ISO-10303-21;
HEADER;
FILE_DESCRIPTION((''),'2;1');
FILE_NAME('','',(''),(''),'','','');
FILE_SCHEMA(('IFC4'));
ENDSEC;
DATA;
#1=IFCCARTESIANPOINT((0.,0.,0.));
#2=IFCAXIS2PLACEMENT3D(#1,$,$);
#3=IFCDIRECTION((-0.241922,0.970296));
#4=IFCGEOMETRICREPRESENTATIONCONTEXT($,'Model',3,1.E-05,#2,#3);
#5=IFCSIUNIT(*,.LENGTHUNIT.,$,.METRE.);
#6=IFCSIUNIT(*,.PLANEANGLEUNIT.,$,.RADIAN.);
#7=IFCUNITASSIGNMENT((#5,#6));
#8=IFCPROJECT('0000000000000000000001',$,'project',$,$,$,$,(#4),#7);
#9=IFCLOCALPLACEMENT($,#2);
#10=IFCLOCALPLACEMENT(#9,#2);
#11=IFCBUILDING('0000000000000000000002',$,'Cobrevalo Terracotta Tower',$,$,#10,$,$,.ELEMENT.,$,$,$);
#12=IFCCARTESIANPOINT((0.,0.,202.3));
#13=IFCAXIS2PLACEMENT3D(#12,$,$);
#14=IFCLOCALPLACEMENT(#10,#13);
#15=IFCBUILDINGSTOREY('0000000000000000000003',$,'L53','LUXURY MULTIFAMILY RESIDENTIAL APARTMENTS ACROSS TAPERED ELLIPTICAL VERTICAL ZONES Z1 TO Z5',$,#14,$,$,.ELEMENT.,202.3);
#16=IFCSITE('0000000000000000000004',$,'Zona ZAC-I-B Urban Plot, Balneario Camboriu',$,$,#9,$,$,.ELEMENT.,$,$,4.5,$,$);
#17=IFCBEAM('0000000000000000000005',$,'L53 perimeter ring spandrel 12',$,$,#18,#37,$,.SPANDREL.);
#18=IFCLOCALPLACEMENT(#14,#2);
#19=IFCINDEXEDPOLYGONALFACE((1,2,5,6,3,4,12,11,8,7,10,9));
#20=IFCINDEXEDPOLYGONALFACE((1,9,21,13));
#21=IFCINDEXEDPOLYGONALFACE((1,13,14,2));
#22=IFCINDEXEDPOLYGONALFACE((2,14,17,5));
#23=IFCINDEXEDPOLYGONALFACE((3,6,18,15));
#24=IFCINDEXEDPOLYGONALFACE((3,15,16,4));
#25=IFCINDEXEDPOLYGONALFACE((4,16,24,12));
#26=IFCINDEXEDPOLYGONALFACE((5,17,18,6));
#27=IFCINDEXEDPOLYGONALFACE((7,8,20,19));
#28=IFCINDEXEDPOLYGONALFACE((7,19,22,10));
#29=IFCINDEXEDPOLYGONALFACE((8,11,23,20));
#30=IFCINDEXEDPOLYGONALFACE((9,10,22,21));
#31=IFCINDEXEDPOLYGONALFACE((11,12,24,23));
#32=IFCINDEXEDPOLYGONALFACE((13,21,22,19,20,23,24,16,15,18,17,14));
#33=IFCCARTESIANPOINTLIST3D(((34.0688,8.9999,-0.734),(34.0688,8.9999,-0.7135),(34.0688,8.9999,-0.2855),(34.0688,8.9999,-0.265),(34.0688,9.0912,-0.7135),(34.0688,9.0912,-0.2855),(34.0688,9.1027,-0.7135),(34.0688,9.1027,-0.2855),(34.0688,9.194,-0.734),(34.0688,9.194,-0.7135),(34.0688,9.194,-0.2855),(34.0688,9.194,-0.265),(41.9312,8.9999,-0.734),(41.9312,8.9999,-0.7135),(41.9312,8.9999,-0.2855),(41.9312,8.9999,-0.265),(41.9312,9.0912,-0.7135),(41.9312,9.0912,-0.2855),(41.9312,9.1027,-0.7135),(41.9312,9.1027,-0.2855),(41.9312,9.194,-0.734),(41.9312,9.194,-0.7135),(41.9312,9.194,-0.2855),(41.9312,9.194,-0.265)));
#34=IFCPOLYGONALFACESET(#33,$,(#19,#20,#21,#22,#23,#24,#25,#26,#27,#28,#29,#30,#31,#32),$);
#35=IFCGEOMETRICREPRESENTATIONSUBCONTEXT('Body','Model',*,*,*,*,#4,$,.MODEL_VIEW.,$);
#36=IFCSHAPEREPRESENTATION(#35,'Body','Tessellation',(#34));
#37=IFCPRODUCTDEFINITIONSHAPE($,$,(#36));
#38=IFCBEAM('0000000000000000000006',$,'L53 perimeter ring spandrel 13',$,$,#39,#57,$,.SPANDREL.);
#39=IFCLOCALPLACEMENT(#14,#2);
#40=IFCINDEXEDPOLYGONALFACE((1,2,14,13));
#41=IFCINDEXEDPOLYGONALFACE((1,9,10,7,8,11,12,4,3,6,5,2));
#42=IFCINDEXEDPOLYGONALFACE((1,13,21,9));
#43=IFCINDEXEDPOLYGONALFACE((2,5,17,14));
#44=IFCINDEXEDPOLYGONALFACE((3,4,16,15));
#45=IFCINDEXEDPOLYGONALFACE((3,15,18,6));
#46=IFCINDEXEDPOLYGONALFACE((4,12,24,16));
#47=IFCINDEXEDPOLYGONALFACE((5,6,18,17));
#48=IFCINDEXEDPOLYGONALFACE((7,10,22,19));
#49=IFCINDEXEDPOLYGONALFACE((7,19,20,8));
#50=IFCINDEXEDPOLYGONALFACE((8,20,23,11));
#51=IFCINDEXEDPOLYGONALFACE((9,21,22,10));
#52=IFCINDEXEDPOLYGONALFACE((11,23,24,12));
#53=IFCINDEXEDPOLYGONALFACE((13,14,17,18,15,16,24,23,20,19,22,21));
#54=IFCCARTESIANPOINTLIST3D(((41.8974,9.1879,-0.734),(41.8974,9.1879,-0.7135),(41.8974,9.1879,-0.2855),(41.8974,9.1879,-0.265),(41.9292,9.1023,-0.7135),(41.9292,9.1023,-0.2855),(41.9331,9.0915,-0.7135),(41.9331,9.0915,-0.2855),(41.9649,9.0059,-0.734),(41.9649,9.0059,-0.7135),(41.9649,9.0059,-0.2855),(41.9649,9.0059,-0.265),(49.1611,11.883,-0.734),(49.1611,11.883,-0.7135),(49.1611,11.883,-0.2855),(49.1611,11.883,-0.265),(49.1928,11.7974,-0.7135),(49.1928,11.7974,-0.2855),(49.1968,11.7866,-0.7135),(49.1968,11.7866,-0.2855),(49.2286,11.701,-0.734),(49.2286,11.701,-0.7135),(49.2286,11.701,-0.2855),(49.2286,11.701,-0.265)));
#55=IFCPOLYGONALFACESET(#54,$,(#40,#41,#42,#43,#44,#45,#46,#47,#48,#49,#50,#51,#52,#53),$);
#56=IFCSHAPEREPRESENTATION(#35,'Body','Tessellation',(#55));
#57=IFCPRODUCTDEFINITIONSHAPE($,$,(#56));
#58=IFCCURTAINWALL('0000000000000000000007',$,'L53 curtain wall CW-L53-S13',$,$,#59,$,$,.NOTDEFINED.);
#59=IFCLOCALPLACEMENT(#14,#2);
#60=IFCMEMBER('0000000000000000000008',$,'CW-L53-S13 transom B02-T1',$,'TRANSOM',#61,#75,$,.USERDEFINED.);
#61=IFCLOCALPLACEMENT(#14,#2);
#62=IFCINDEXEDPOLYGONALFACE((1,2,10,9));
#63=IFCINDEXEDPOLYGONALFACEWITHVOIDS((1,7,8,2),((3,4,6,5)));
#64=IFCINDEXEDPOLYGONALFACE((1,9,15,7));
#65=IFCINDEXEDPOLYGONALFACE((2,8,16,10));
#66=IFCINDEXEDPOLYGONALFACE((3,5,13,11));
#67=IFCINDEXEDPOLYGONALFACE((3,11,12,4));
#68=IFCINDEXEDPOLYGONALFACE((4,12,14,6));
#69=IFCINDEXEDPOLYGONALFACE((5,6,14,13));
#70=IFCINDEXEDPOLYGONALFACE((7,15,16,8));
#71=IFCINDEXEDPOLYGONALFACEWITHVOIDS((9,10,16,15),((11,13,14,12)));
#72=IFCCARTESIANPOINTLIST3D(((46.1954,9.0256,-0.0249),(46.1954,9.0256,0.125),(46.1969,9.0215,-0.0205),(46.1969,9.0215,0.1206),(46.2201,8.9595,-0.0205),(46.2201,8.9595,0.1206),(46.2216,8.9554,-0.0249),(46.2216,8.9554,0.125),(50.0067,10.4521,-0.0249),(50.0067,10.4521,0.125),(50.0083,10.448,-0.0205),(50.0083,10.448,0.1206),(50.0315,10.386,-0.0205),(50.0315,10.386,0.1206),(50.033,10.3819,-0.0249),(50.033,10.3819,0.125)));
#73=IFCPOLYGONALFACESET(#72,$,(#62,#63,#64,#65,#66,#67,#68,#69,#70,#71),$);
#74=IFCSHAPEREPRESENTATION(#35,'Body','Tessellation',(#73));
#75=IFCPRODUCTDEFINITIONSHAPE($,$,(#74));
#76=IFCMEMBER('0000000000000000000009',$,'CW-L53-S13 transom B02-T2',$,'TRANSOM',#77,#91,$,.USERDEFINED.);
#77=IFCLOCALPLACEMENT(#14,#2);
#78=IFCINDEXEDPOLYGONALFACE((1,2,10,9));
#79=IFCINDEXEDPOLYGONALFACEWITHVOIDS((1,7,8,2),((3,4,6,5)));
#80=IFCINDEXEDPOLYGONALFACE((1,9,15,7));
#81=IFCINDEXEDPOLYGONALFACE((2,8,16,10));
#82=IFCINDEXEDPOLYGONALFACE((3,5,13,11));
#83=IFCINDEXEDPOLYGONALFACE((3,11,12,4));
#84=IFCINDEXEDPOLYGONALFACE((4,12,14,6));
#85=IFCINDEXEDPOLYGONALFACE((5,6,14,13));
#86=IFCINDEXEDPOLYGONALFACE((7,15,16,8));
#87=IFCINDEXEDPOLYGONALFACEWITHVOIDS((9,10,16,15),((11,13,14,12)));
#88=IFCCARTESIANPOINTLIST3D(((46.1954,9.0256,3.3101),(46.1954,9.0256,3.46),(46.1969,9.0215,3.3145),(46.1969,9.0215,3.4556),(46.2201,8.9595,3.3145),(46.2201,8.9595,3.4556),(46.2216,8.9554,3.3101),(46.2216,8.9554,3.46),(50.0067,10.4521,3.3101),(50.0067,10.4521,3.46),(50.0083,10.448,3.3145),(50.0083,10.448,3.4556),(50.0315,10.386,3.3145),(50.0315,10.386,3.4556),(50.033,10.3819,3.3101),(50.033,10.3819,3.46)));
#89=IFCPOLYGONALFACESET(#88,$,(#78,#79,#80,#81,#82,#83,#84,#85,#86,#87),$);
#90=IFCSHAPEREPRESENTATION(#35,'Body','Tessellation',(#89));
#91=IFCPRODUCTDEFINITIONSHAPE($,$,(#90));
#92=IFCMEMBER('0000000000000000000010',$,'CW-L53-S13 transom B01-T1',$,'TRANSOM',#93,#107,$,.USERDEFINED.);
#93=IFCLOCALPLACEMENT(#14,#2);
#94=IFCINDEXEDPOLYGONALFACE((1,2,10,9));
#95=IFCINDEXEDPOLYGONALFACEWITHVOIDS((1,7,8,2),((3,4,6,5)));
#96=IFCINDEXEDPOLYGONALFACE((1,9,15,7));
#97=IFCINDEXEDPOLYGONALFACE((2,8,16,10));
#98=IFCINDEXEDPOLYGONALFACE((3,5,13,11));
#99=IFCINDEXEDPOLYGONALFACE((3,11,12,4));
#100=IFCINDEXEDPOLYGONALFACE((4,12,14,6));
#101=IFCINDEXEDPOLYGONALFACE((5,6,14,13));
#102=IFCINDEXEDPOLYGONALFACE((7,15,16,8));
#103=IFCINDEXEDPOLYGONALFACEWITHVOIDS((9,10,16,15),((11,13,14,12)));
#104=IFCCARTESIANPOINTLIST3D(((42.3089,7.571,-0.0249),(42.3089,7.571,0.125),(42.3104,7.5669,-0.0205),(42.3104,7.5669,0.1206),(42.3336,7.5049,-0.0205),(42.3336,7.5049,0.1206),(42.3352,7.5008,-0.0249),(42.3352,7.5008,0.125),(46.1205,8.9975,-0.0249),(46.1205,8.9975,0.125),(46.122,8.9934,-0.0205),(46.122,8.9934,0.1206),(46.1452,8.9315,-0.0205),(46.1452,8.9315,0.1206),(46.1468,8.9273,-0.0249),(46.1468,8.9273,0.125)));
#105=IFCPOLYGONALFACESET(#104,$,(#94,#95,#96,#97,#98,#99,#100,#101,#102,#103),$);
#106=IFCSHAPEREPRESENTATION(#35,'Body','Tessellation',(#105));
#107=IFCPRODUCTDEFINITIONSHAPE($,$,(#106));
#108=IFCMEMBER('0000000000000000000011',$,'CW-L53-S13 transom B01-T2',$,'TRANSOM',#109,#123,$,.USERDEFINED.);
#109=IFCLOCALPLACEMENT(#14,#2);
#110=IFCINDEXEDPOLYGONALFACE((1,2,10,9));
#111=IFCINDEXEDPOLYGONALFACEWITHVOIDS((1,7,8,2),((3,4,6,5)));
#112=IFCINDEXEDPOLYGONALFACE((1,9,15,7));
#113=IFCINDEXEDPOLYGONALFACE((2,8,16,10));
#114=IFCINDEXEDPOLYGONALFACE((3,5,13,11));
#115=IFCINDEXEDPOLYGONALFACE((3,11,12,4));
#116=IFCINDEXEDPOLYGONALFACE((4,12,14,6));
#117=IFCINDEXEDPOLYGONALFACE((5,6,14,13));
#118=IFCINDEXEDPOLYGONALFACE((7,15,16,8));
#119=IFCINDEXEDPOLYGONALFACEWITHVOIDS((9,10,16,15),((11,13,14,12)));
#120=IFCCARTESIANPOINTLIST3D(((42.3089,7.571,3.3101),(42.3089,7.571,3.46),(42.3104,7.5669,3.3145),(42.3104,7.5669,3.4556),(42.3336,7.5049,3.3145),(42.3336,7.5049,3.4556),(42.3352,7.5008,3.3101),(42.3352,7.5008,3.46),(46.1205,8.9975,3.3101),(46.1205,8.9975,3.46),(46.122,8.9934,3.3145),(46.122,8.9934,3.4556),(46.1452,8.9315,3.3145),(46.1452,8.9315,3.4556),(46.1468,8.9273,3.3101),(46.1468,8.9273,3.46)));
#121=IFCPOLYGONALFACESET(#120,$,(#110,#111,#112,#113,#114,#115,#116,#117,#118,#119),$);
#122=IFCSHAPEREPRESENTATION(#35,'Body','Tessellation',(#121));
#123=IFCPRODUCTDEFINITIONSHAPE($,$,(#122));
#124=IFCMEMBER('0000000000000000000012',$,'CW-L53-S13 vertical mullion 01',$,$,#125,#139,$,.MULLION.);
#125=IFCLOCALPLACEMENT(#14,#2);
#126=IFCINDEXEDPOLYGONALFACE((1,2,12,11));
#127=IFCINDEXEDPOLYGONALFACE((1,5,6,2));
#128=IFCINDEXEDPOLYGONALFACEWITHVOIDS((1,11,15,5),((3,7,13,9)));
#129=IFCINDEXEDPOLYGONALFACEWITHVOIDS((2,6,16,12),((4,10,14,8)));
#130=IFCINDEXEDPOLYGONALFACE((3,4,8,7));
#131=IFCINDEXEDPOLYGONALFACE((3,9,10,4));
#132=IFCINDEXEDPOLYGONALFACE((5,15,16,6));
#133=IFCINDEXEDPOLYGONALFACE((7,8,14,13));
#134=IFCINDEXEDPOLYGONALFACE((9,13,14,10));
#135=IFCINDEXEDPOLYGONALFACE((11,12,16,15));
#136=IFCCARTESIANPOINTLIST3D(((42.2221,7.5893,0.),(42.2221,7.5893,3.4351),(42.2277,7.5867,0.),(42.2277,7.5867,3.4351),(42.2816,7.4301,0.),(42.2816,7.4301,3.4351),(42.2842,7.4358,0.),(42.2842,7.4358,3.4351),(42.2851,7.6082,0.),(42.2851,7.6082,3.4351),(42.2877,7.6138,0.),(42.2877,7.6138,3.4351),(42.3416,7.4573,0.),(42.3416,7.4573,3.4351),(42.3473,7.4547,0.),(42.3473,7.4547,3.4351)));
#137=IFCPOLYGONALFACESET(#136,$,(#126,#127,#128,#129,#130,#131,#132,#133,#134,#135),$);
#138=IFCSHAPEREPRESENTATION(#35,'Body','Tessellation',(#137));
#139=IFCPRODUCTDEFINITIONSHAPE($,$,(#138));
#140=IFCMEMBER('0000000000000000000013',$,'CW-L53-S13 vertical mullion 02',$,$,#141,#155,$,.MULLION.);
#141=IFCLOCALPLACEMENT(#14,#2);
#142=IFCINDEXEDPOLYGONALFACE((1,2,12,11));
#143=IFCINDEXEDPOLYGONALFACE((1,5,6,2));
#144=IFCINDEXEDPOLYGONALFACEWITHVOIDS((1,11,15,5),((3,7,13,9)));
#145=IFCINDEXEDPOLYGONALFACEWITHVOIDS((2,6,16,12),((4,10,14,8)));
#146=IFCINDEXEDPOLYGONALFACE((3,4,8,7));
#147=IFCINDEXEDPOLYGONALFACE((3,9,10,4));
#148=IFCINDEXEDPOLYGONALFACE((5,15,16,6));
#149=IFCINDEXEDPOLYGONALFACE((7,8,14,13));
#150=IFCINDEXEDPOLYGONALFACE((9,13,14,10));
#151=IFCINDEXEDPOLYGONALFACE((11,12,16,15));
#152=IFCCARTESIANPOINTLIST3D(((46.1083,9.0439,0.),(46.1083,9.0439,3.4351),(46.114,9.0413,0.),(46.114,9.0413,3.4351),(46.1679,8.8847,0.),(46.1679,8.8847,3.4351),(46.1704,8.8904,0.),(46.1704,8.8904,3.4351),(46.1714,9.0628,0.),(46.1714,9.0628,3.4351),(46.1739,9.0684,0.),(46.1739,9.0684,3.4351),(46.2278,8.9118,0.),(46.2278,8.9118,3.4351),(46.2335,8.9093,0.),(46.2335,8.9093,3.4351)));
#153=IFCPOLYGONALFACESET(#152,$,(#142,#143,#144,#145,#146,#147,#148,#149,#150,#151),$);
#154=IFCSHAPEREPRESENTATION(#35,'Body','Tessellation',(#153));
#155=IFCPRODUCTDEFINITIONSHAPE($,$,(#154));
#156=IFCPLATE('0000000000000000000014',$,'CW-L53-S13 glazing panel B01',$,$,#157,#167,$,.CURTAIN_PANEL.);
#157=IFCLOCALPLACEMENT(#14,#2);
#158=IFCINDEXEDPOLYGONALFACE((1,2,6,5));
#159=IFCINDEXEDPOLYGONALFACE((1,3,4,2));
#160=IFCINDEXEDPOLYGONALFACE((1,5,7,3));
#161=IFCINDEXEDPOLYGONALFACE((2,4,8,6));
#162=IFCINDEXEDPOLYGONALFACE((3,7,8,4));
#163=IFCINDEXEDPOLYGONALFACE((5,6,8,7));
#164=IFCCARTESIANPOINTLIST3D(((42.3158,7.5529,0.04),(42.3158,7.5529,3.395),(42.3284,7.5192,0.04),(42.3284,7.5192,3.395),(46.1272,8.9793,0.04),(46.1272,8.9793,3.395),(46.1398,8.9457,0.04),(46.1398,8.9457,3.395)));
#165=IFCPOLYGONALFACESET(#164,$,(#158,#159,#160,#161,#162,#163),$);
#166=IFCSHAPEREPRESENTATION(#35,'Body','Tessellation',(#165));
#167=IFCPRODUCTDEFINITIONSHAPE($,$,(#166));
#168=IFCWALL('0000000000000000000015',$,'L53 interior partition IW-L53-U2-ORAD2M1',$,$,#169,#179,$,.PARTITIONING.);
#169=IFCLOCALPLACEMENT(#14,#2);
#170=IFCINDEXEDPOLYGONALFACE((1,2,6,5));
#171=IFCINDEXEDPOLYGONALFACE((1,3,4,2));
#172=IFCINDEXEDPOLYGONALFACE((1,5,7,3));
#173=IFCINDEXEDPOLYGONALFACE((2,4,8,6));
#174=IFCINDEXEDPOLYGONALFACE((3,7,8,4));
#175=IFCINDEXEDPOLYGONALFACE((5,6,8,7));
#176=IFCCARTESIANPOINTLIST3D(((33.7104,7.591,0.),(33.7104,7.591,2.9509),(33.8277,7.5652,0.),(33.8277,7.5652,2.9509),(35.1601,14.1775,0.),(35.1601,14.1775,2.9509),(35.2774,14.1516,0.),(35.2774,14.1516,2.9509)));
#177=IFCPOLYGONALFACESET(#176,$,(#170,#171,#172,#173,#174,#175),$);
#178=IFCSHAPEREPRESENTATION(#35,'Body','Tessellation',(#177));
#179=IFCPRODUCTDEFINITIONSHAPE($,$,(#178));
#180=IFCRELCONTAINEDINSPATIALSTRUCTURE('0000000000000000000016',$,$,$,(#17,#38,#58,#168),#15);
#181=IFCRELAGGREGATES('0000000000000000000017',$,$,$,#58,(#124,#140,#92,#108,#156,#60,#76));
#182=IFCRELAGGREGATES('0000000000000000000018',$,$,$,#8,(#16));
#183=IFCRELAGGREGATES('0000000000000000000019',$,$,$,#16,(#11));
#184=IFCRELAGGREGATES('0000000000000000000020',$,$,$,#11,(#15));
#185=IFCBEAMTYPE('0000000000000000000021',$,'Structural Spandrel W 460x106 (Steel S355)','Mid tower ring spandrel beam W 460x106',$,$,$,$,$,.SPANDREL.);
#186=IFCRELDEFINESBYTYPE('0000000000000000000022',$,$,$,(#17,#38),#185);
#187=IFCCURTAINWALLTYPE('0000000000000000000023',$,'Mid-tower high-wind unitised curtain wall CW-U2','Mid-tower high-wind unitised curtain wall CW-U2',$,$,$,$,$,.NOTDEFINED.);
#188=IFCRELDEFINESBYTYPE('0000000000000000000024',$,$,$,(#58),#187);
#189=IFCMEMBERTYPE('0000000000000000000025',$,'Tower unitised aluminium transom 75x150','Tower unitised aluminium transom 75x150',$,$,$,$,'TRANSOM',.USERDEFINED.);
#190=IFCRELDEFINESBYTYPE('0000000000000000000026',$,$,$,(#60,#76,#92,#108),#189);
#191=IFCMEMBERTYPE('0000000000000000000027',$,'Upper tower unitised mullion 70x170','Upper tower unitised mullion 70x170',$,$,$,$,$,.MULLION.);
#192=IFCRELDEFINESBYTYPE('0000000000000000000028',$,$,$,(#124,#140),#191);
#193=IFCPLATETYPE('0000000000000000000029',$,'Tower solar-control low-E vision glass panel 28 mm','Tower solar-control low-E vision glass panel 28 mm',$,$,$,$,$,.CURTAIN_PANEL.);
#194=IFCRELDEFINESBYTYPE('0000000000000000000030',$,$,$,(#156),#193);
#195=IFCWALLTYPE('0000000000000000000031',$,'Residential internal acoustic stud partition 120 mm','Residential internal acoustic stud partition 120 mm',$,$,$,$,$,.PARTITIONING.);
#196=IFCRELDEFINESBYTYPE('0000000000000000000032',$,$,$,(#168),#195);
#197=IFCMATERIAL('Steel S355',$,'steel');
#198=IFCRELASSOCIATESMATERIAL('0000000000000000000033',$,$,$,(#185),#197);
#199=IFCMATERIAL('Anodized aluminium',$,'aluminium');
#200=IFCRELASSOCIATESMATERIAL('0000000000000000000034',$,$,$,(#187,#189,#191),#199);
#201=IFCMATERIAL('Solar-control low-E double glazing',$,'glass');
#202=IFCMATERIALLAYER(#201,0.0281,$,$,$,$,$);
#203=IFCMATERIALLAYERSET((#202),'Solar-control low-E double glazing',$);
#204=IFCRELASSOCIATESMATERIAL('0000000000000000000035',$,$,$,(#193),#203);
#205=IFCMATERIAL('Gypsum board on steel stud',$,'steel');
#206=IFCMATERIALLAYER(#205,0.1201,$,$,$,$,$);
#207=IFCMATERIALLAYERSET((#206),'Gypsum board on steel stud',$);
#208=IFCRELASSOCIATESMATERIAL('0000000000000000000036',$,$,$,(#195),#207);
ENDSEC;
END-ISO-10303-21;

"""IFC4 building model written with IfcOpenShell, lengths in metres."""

from ifc_helpers import new_model, si_unit, direction, frame, frame_2d, origin, origin_2d, place, context, subcontext, project, spatial, rectangle, hollow_rectangle, i_section, extrude, source, transform, mapped, material, layer, layer_set, material_profile, profile_set, type_object, element, aggregate, save


model = new_model("IFC4")

# Units and contexts
model_context = context("Model", 3, precision=1e-05, world=origin(), true_north=direction((-0.241922, 0.970296)))
body_context = subcontext(model_context, "Body", "Model", "MODEL_VIEW")
ifc_project = project(units=[si_unit("LENGTHUNIT", "METRE"), si_unit("PLANEANGLEUNIT", "RADIAN")], contexts=[model_context])

# Site, building, storey
site_placement = place(None, origin())
site = spatial("IfcSite", under=ifc_project, at=site_placement, Name="Zona ZAC-I-B Urban Plot, Balneario Camboriu", CompositionType="ELEMENT", RefElevation=4.5)
building_placement = place(site_placement, origin())
building = spatial("IfcBuilding", under=site, at=building_placement, Name="Cobrevalo Terracotta Tower", CompositionType="ELEMENT")
storey_placement = place(building_placement, frame((0.0, 0.0, 202.3)))
storey = spatial("IfcBuildingStorey", under=building, at=storey_placement, Name="L53", Description="LUXURY MULTIFAMILY RESIDENTIAL APARTMENTS ACROSS TAPERED ELLIPTICAL VERTICAL ZONES Z1 TO Z5", CompositionType="ELEMENT", Elevation=202.3)

# Shared definitions
ifc_material_1 = material(Name="Steel S355", Category="steel")

# Beams
ifc_material_profile_1 = material_profile(ifc_material_1, i_section(OverallWidth=0.1941, OverallDepth=0.469, WebThickness=0.0115, FlangeThickness=0.0205, at=origin_2d()), Name="W 460x106")
ifc_profile_set_1 = profile_set([ifc_material_profile_1], Name="Steel S355")
beam_type_1 = type_object("IfcBeamType", Name="Structural Spandrel W 460x106 (Steel S355)", Description="Mid tower ring spandrel beam W 460x106", PredefinedType="SPANDREL", material=ifc_profile_set_1)
beam_1_placement = place(storey_placement, frame((34.0688, 9.0969, -0.4995), z_axis=(1.0, 0.0, 0.0), x_axis=(0.0, 1.0, 0.0)))
element("IfcBeam", 1, at=beam_1_placement, inside=storey, type_object=beam_type_1, Name="L53 perimeter ring spandrel 12", PredefinedType="SPANDREL", context=body_context, shape_type="SweptSolid", body=[
    extrude(i_section(OverallWidth=0.1941, OverallDepth=0.469, WebThickness=0.0115, FlangeThickness=0.0205, at=origin_2d()), origin(), (0.0, 0.0, 1.0), 7.8623),
])
beam_2_placement = place(storey_placement, frame((41.9312, 9.0969, -0.4995), z_axis=(0.937546, 0.347861, 0.0), x_axis=(-0.347861, 0.937546, 0.0)))
element("IfcBeam", 2, at=beam_2_placement, inside=storey, type_object=beam_type_1, Name="L53 perimeter ring spandrel 13", PredefinedType="SPANDREL", context=body_context, shape_type="SweptSolid", body=[
    extrude(i_section(OverallWidth=0.1941, OverallDepth=0.469, WebThickness=0.0115, FlangeThickness=0.0205, at=origin_2d()), origin(), (0.0, 0.0, 1.0), 7.7476),
])

# Curtain wall, members, plate
ifc_material_2 = material(Name="Anodized aluminium", Category="aluminium")
curtain_wall_type = type_object("IfcCurtainWallType", Name="Mid-tower high-wind unitised curtain wall CW-U2", Description="Mid-tower high-wind unitised curtain wall CW-U2", PredefinedType="NOTDEFINED", material=ifc_material_2)
curtain_wall_placement = place(storey_placement, origin())
curtain_wall = element("IfcCurtainWall", 3, at=curtain_wall_placement, inside=storey, type_object=curtain_wall_type, Name="L53 curtain wall CW-L53-S13", PredefinedType="NOTDEFINED")
ifc_material_profile_2 = material_profile(ifc_material_2, hollow_rectangle(XDim=0.075, YDim=0.1499, WallThickness=0.0044, at=origin_2d()), Name="CWT 75x150")
ifc_profile_set_2 = profile_set([ifc_material_profile_2], Name="Anodized aluminium")
member_type_1 = type_object("IfcMemberType", Name="Tower unitised aluminium transom 75x150", Description="Tower unitised aluminium transom 75x150", ElementType="TRANSOM", PredefinedType="USERDEFINED", material=ifc_profile_set_2)
shared_shape_1 = source(origin(), body_context, "Body", "SweptSolid", [
    extrude(hollow_rectangle(XDim=0.075, YDim=0.1499, WallThickness=0.0044, at=origin_2d()), origin(), (0.0, 0.0, 1.0), 4.0696),
])
member_1_placement = place(storey_placement, frame((46.2085, 8.9905, 0.05), z_axis=(0.936548, 0.350538, 0.0), x_axis=(-0.350538, 0.936548, 0.0)))
member_1 = element("IfcMember", 4, at=member_1_placement, type_object=member_type_1, Name="CW-L53-S13 transom B02-T1", ObjectType="TRANSOM", PredefinedType="USERDEFINED", context=body_context, shape_type="MappedRepresentation", body=[
    mapped(shared_shape_1, transform((0.0, 0.0, 0.0), scale=1.0)),
])
member_2_placement = place(storey_placement, frame((46.2085, 8.9905, 3.385), z_axis=(0.936548, 0.350538, 0.0), x_axis=(-0.350538, 0.936548, 0.0)))
member_2 = element("IfcMember", 5, at=member_2_placement, type_object=member_type_1, Name="CW-L53-S13 transom B02-T2", ObjectType="TRANSOM", PredefinedType="USERDEFINED", context=body_context, shape_type="MappedRepresentation", body=[
    mapped(shared_shape_1, transform((0.0, 0.0, 0.0), scale=1.0)),
])
shared_shape_2 = source(origin(), body_context, "Body", "SweptSolid", [
    extrude(hollow_rectangle(XDim=0.075, YDim=0.1499, WallThickness=0.0044, at=origin_2d()), origin(), (0.0, 0.0, 1.0), 4.0698),
])
member_3_placement = place(storey_placement, frame((42.322, 7.5359, 0.05), z_axis=(0.936556, 0.350519, 0.0), x_axis=(-0.350519, 0.936556, 0.0)))
member_3 = element("IfcMember", 6, at=member_3_placement, type_object=member_type_1, Name="CW-L53-S13 transom B01-T1", ObjectType="TRANSOM", PredefinedType="USERDEFINED", context=body_context, shape_type="MappedRepresentation", body=[
    mapped(shared_shape_2, transform((0.0, 0.0, 0.0), scale=1.0)),
])
member_4_placement = place(storey_placement, frame((42.322, 7.5359, 3.385), z_axis=(0.936556, 0.350519, 0.0), x_axis=(-0.350519, 0.936556, 0.0)))
member_4 = element("IfcMember", 7, at=member_4_placement, type_object=member_type_1, Name="CW-L53-S13 transom B01-T2", ObjectType="TRANSOM", PredefinedType="USERDEFINED", context=body_context, shape_type="MappedRepresentation", body=[
    mapped(shared_shape_2, transform((0.0, 0.0, 0.0), scale=1.0)),
])
ifc_material_profile_3 = material_profile(ifc_material_2, hollow_rectangle(XDim=0.0701, YDim=0.1699, WallThickness=0.0044, at=origin_2d()), Name="CWM 70x170")
ifc_profile_set_3 = profile_set([ifc_material_profile_3], Name="Anodized aluminium")
member_type_2 = type_object("IfcMemberType", Name="Upper tower unitised mullion 70x170", Description="Upper tower unitised mullion 70x170", PredefinedType="MULLION", material=ifc_profile_set_3)
shared_shape_3 = source(origin(), body_context, "Body", "SweptSolid", [
    extrude(hollow_rectangle(XDim=0.0701, YDim=0.1699, WallThickness=0.0044, at=origin_2d()), origin(), (0.0, 0.0, 1.0), 3.4351),
])
member_5_placement = place(storey_placement, frame((42.2847, 7.522, 0.0), z_axis=(0.0, 0.0, 1.0), x_axis=(0.936556, 0.350518, 0.0)))
member_5 = element("IfcMember", 8, at=member_5_placement, type_object=member_type_2, Name="CW-L53-S13 vertical mullion 01", PredefinedType="MULLION", context=body_context, shape_type="MappedRepresentation", body=[
    mapped(shared_shape_3, transform((0.0, 0.0, 0.0), scale=1.0)),
])
member_6_placement = place(storey_placement, frame((46.1709, 8.9766, 0.0), z_axis=(0.0, 0.0, 1.0), x_axis=(0.936556, 0.350518, 0.0)))
member_6 = element("IfcMember", 9, at=member_6_placement, type_object=member_type_2, Name="CW-L53-S13 vertical mullion 02", PredefinedType="MULLION", context=body_context, shape_type="MappedRepresentation", body=[
    mapped(shared_shape_3, transform((0.0, 0.0, 0.0), scale=1.0)),
])
ifc_material_3 = material(Name="Solar-control low-E double glazing", Category="glass")
ifc_layer_1 = layer(ifc_material_3, 0.0281)
ifc_layer_set_1 = layer_set([ifc_layer_1], Name="Solar-control low-E double glazing")
plate_type = type_object("IfcPlateType", Name="Tower solar-control low-E vision glass panel 28 mm", Description="Tower solar-control low-E vision glass panel 28 mm", PredefinedType="CURTAIN_PANEL", material=ifc_layer_set_1)
shared_shape_4 = source(origin(), body_context, "Body", "SweptSolid", [
    extrude(rectangle(XDim=4.0696, YDim=0.0359, at=origin_2d()), origin(), (0.0, 0.0, 1.0), 3.355),
])
plate_placement = place(storey_placement, frame((44.2278, 8.2493, 0.04), z_axis=(0.0, 0.0, 1.0), x_axis=(0.936558, 0.350513, 0.0)))
plate = element("IfcPlate", 10, at=plate_placement, type_object=plate_type, Name="CW-L53-S13 glazing panel B01", PredefinedType="CURTAIN_PANEL", context=body_context, shape_type="MappedRepresentation", body=[
    mapped(shared_shape_4, transform((0.0, 0.0, 0.0), scale=1.0)),
])
aggregate(curtain_wall, [member_5, member_6, member_3, member_4, plate, member_1, member_2])

# Wall
ifc_material_4 = material(Name="Gypsum board on steel stud", Category="steel")
ifc_layer_2 = layer(ifc_material_4, 0.1201)
ifc_layer_set_2 = layer_set([ifc_layer_2], Name="Gypsum board on steel stud")
wall_type = type_object("IfcWallType", Name="Residential internal acoustic stud partition 120 mm", Description="Residential internal acoustic stud partition 120 mm", PredefinedType="PARTITIONING", material=ifc_layer_set_2)
wall_1_placement = place(storey_placement, frame((35.2188, 14.1646, 0.0), z_axis=(0.0, 0.0, 1.0), x_axis=(-0.21496, -0.976623, 0.0)))
element("IfcWall", 11, at=wall_1_placement, inside=storey, type_object=wall_type, Name="L53 interior partition IW-L53-U2-ORAD2M1", PredefinedType="PARTITIONING", context=body_context, shape_type="SweptSolid", body=[
    extrude(rectangle(XDim=6.7441, YDim=0.1201, at=frame_2d((3.3721, 0.0))), origin(), (0.0, 0.0, 1.0), 2.9509),
])

save(model, "model.ifc")
